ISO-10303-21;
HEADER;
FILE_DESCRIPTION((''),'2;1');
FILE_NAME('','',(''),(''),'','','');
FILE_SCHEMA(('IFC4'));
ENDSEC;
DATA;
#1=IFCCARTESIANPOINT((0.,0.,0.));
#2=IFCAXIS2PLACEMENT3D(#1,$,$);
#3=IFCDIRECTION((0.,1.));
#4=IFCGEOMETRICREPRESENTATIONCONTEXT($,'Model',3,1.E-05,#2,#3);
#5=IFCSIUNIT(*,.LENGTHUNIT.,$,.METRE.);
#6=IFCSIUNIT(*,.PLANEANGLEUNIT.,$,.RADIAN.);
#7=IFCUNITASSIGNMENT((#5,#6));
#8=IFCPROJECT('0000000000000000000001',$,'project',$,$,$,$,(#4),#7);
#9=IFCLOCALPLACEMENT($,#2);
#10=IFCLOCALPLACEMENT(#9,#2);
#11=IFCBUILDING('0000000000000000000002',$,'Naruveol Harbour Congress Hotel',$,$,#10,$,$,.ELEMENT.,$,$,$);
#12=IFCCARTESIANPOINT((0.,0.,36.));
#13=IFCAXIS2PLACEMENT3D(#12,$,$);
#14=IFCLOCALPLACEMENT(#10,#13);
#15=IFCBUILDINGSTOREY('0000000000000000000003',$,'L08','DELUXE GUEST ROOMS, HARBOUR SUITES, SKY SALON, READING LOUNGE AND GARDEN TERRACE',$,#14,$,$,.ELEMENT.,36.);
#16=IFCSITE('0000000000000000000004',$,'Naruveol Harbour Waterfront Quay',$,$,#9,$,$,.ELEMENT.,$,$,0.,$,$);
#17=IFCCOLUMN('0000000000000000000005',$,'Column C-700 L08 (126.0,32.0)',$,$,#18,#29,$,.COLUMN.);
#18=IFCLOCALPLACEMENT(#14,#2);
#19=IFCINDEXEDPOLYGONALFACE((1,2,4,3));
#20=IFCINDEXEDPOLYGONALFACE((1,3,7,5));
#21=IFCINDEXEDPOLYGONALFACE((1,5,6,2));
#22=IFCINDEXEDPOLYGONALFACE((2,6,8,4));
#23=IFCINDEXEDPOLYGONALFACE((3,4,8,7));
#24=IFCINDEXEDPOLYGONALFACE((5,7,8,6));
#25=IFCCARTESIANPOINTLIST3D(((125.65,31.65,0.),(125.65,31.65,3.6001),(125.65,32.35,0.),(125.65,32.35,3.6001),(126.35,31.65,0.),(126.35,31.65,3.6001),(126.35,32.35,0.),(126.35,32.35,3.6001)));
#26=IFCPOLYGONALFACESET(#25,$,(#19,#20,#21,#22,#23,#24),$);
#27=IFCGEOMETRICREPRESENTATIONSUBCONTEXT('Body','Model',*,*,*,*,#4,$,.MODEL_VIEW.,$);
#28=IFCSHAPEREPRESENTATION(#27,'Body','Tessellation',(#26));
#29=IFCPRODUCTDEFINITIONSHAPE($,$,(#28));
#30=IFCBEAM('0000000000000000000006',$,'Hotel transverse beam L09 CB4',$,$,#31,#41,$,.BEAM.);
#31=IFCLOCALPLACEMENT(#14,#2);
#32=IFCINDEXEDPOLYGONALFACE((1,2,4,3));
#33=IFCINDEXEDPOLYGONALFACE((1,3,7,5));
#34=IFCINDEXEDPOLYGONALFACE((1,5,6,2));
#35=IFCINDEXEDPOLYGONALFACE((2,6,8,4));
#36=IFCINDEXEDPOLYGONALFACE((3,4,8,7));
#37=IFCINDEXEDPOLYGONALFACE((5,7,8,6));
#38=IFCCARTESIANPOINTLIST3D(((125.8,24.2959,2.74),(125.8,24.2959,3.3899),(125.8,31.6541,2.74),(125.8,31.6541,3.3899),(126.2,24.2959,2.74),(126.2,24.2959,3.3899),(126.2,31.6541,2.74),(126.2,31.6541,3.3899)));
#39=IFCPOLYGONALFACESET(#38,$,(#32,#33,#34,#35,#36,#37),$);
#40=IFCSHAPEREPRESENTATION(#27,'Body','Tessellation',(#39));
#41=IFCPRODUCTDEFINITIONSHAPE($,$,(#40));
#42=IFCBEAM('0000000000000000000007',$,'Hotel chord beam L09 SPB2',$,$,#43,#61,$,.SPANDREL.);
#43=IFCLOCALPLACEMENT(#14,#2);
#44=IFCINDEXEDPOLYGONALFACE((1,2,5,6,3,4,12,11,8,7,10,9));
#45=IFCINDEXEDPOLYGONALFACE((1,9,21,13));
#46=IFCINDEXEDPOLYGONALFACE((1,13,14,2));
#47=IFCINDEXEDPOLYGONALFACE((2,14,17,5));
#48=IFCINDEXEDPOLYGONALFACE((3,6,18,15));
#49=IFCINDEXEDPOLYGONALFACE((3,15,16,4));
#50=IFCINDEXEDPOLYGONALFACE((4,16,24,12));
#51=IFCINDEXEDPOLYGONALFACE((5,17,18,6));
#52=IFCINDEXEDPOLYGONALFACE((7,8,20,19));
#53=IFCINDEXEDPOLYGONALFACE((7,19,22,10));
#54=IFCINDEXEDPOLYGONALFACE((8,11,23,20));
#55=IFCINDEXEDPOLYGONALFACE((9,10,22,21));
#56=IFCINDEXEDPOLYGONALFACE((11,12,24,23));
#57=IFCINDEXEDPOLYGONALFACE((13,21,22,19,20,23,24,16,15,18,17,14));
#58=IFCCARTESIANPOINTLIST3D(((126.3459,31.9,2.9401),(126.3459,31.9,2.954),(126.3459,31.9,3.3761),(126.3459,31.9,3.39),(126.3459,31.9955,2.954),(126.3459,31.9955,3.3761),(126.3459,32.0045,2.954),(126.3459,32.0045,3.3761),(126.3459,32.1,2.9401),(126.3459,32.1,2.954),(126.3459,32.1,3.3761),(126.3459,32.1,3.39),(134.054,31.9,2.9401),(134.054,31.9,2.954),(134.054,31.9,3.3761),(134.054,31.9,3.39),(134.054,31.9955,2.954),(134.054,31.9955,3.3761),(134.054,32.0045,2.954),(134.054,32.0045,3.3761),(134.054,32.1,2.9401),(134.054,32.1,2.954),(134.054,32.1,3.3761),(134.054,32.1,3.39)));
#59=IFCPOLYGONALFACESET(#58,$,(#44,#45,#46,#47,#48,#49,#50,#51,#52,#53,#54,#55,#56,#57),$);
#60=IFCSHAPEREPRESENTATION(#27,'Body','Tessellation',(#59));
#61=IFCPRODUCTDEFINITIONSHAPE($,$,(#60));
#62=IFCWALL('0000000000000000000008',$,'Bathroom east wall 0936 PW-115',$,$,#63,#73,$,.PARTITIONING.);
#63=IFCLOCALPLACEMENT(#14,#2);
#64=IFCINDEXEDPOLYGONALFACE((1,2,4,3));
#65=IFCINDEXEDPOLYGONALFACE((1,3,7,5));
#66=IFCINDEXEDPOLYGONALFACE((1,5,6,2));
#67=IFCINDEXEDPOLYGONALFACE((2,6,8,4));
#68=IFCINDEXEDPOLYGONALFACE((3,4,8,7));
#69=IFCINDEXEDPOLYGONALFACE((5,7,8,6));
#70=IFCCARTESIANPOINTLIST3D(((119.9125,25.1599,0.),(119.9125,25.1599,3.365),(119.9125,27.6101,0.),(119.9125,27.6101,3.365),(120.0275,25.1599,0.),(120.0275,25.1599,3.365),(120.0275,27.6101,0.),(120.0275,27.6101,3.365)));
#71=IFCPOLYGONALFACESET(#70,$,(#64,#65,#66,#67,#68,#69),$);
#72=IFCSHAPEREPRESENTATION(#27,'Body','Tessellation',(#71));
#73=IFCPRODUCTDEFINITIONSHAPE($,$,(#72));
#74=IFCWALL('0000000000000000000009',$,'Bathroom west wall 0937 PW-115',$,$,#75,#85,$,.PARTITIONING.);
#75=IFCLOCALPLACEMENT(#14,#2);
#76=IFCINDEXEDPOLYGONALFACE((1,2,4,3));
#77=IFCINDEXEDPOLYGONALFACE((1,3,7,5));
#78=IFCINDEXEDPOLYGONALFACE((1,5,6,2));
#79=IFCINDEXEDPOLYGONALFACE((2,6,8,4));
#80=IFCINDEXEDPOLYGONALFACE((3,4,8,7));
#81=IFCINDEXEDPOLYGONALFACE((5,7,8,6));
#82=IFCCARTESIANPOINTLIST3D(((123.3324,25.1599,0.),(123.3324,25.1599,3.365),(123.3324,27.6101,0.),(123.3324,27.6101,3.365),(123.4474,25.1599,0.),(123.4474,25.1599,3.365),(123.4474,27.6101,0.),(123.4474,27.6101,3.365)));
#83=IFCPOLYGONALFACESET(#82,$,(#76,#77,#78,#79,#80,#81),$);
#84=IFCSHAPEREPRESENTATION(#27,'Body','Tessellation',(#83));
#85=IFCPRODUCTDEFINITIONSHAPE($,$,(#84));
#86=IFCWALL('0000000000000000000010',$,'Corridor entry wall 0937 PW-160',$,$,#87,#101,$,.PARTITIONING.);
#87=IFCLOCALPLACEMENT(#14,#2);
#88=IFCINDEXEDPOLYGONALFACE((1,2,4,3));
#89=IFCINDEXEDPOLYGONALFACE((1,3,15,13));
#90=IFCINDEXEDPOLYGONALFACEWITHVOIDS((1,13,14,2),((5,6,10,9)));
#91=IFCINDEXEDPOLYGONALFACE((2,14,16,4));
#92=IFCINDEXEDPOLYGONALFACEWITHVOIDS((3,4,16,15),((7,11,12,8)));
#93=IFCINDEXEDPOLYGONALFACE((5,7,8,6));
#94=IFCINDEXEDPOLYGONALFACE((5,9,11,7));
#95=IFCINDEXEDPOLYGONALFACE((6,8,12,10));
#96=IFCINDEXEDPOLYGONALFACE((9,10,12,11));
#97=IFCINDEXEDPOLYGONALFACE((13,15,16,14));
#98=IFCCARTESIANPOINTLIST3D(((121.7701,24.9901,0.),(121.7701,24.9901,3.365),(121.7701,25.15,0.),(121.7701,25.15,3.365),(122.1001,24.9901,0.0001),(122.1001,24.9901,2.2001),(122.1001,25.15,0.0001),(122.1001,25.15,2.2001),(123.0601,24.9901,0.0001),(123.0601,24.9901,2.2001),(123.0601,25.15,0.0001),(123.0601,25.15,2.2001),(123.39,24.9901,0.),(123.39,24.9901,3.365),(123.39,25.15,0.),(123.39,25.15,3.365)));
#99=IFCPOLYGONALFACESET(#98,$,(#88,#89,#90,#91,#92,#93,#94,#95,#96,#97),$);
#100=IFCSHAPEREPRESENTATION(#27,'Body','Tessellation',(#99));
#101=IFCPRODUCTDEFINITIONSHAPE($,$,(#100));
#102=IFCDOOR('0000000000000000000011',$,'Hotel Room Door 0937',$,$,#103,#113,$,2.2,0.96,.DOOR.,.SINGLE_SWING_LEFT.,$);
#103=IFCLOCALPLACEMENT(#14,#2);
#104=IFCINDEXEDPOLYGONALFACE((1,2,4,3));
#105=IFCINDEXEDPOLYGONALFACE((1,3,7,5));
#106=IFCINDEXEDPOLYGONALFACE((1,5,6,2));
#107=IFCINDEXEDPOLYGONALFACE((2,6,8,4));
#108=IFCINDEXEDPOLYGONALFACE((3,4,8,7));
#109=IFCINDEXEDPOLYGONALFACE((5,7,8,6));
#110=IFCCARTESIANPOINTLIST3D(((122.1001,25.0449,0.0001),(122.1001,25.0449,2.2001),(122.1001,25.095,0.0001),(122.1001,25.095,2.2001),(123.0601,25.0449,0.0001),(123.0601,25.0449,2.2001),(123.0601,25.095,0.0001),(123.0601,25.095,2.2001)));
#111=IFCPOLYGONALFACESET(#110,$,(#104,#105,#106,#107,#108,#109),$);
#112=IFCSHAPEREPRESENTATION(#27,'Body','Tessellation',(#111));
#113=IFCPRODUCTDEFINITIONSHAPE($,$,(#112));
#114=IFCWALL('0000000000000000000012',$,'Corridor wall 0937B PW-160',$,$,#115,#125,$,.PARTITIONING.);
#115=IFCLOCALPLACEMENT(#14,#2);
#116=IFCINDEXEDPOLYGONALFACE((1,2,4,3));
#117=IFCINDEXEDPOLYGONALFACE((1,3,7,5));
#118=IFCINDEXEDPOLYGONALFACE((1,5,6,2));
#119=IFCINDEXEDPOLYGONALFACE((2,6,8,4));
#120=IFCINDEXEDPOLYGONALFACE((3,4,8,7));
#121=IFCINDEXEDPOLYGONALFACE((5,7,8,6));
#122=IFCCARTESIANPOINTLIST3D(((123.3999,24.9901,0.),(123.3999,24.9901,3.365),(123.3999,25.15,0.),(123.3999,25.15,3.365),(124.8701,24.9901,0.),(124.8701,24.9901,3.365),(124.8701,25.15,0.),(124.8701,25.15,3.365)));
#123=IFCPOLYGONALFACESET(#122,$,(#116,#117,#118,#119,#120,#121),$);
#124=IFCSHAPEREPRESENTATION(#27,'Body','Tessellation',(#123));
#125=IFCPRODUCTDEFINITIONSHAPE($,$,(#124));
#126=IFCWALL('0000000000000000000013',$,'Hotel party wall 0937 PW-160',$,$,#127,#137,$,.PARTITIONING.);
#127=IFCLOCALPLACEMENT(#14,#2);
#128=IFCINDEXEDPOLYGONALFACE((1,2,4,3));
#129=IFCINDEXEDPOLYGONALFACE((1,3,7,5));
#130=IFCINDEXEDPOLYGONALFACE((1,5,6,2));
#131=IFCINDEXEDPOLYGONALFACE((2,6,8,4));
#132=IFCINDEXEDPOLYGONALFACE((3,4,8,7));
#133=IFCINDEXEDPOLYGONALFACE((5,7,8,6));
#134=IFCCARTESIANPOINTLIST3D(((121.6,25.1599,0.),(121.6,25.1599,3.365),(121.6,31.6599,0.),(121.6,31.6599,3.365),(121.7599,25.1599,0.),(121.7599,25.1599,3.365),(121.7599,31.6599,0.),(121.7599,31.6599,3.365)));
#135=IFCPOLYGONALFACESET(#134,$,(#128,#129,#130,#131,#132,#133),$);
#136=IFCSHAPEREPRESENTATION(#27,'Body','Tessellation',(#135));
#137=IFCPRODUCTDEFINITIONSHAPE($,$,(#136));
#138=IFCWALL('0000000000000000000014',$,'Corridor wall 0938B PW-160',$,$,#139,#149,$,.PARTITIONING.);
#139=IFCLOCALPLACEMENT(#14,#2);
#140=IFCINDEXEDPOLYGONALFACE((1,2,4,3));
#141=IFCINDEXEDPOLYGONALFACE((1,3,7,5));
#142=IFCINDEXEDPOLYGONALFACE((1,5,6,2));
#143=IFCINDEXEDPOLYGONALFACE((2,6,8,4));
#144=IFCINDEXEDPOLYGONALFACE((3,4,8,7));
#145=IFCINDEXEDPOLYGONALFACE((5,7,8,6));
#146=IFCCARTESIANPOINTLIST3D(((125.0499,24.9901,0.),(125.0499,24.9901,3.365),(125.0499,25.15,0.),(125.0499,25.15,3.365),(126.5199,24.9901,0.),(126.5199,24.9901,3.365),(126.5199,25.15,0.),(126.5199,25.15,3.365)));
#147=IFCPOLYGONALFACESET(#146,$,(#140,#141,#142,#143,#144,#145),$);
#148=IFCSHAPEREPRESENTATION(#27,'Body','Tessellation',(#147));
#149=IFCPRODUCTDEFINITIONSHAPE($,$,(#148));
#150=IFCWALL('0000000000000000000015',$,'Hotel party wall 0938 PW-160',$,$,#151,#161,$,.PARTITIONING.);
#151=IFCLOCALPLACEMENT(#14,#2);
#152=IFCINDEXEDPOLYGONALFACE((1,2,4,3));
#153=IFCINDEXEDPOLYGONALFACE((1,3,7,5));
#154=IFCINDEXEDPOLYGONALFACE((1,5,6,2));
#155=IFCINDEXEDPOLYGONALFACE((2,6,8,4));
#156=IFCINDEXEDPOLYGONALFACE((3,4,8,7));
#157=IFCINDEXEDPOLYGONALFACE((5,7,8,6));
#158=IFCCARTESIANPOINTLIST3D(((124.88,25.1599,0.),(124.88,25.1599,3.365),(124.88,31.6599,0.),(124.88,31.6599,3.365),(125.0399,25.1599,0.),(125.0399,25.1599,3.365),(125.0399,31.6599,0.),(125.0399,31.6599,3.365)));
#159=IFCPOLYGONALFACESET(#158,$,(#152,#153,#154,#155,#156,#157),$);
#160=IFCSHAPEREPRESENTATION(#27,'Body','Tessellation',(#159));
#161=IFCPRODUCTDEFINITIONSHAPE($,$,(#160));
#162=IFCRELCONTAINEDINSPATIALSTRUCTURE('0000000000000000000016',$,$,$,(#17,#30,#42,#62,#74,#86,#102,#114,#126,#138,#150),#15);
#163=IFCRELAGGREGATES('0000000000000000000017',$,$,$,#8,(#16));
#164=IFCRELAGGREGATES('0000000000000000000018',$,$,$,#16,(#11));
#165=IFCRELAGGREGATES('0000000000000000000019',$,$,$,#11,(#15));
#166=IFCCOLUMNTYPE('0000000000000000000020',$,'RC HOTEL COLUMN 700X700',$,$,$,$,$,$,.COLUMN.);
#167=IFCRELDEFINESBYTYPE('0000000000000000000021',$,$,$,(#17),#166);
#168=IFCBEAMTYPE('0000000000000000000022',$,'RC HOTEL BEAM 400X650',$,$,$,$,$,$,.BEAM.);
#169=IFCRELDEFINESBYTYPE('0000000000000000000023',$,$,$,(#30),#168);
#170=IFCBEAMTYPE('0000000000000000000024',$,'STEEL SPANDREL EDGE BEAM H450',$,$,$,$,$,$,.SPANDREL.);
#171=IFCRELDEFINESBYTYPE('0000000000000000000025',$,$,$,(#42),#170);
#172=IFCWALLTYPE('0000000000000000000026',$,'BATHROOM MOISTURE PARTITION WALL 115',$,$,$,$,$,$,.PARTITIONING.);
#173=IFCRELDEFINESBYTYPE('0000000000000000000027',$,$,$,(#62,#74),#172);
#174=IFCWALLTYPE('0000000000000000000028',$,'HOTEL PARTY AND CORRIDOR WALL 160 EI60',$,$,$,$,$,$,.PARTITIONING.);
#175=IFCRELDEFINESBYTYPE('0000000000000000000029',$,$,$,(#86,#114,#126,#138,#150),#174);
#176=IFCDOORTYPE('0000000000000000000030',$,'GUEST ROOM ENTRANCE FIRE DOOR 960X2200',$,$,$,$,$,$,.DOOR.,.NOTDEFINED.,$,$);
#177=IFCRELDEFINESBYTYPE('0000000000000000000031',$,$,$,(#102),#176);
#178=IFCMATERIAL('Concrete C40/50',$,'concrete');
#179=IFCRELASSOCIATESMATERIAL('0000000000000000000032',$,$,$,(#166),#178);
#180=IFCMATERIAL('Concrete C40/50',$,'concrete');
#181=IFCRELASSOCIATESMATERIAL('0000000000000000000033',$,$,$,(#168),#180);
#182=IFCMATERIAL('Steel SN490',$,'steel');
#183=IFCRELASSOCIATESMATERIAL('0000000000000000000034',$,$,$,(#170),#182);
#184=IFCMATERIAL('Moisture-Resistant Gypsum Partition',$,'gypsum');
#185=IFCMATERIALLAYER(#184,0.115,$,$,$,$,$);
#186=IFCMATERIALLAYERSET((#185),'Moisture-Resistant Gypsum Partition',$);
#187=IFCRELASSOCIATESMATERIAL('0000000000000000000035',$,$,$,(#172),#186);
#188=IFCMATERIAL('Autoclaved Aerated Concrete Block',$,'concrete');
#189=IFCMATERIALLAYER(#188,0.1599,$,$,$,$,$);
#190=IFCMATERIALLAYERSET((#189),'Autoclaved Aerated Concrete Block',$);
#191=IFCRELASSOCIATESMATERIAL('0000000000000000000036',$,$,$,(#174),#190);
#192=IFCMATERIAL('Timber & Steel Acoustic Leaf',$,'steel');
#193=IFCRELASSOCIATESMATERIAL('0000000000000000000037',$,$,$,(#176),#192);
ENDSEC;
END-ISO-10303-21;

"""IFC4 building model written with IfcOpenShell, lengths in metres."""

from ifc_helpers import new_model, si_unit, direction, frame, frame_2d, origin, origin_2d, place, context, subcontext, project, spatial, rectangle, i_section, extrude, material, layer, layer_set, material_profile, profile_set, type_object, element, fill, save


model = new_model("IFC4")

# Units and contexts
model_context = context("Model", 3, precision=1e-05, world=origin(), true_north=direction((0.0, 1.0)))
body_context = subcontext(model_context, "Body", "Model", "MODEL_VIEW")
ifc_project = project(units=[si_unit("LENGTHUNIT", "METRE"), si_unit("PLANEANGLEUNIT", "RADIAN")], contexts=[model_context])

# Site, building, storey
site_placement = place(None, origin())
site = spatial("IfcSite", under=ifc_project, at=site_placement, Name="Naruveol Harbour Waterfront Quay", CompositionType="ELEMENT", RefElevation=0.0)
building_placement = place(site_placement, origin())
building = spatial("IfcBuilding", under=site, at=building_placement, Name="Naruveol Harbour Congress Hotel", CompositionType="ELEMENT")
storey_placement = place(building_placement, frame((0.0, 0.0, 36.0)))
storey = spatial("IfcBuildingStorey", under=building, at=storey_placement, Name="L08", Description="DELUXE GUEST ROOMS, HARBOUR SUITES, SKY SALON, READING LOUNGE AND GARDEN TERRACE", CompositionType="ELEMENT", Elevation=36.0)

# Column
ifc_material_1 = material(Name="Concrete C40/50", Category="concrete")
ifc_material_profile_1 = material_profile(ifc_material_1, rectangle(XDim=0.7, YDim=0.7, at=origin_2d()), Name="RC-700x700")
ifc_profile_set_1 = profile_set([ifc_material_profile_1], Name="Concrete C40/50")
column_type = type_object("IfcColumnType", Name="RC HOTEL COLUMN 700X700", PredefinedType="COLUMN", material=ifc_profile_set_1)
column_placement = place(storey_placement, frame((126.0, 32.0, 0.0), z_axis=(0.0, 0.0, 1.0), x_axis=(1.0, 0.0, 0.0)))
element("IfcColumn", 1, at=column_placement, inside=storey, type_object=column_type, Name="Column C-700 L08 (126.0,32.0)", PredefinedType="COLUMN", context=body_context, shape_type="SweptSolid", body=[
    extrude(rectangle(XDim=0.7, YDim=0.7, at=origin_2d()), origin(), (0.0, 0.0, 1.0), 3.6001),
])

# Beams
ifc_material_2 = material(Name="Concrete C40/50", Category="concrete")
ifc_material_profile_2 = material_profile(ifc_material_2, rectangle(XDim=0.3999, YDim=0.6499, at=origin_2d()), Name="RCB-400x650")
ifc_profile_set_2 = profile_set([ifc_material_profile_2], Name="Concrete C40/50")
beam_type_1 = type_object("IfcBeamType", Name="RC HOTEL BEAM 400X650", PredefinedType="BEAM", material=ifc_profile_set_2)
beam_1_placement = place(storey_placement, frame((126.0, 24.2959, 3.0649), z_axis=(0.0, 1.0, 0.0), x_axis=(-1.0, 0.0, 0.0)))
element("IfcBeam", 2, at=beam_1_placement, inside=storey, type_object=beam_type_1, Name="Hotel transverse beam L09 CB4", PredefinedType="BEAM", context=body_context, shape_type="SweptSolid", body=[
    extrude(rectangle(XDim=0.3999, YDim=0.6499, at=origin_2d()), origin(), (0.0, 0.0, 1.0), 7.3582),
])
ifc_material_3 = material(Name="Steel SN490", Category="steel")
ifc_material_profile_3 = material_profile(ifc_material_3, i_section(OverallWidth=0.2, OverallDepth=0.45, WebThickness=0.009, FlangeThickness=0.0139, at=origin_2d()), Name="H-450x200x9x14")
ifc_profile_set_3 = profile_set([ifc_material_profile_3], Name="Steel SN490")
beam_type_2 = type_object("IfcBeamType", Name="STEEL SPANDREL EDGE BEAM H450", PredefinedType="SPANDREL", material=ifc_profile_set_3)
beam_2_placement = place(storey_placement, frame((126.3459, 32.0, 3.165), z_axis=(1.0, 0.0, 0.0), x_axis=(0.0, 1.0, 0.0)))
element("IfcBeam", 3, at=beam_2_placement, inside=storey, type_object=beam_type_2, Name="Hotel chord beam L09 SPB2", PredefinedType="SPANDREL", context=body_context, shape_type="SweptSolid", body=[
    extrude(i_section(OverallWidth=0.2, OverallDepth=0.45, WebThickness=0.009, FlangeThickness=0.0139, at=origin_2d()), origin(), (0.0, 0.0, 1.0), 7.708),
])

# Walls
ifc_material_4 = material(Name="Moisture-Resistant Gypsum Partition", Category="gypsum")
ifc_layer_1 = layer(ifc_material_4, 0.115)
ifc_layer_set_1 = layer_set([ifc_layer_1], Name="Moisture-Resistant Gypsum Partition")
wall_type_1 = type_object("IfcWallType", Name="BATHROOM MOISTURE PARTITION WALL 115", PredefinedType="PARTITIONING", material=ifc_layer_set_1)
for number, where, z_axis, x_axis, name in (
    (4, (119.97, 25.1599, 0.0), (0.0, 0.0, 1.0), (0.0, 1.0, 0.0), "Bathroom east wall 0936 PW-115"),
    (5, (123.3899, 25.1599, 0.0), (0.0, 0.0, 1.0), (0.0, 1.0, 0.0), "Bathroom west wall 0937 PW-115"),
):
    element("IfcWall", number, at=place(storey_placement, frame(where, z_axis=z_axis, x_axis=x_axis)), inside=storey, type_object=wall_type_1, Name=name, PredefinedType="PARTITIONING", context=body_context, shape_type="SweptSolid", body=[
        extrude(rectangle(XDim=2.4502, YDim=0.115, at=frame_2d((1.2251, 0.0))), origin(), (0.0, 0.0, 1.0), 3.365),
    ])

# Wall, opening, door
ifc_material_5 = material(Name="Autoclaved Aerated Concrete Block", Category="concrete")
ifc_layer_2 = layer(ifc_material_5, 0.1599)
ifc_layer_set_2 = layer_set([ifc_layer_2], Name="Autoclaved Aerated Concrete Block")
wall_type_2 = type_object("IfcWallType", Name="HOTEL PARTY AND CORRIDOR WALL 160 EI60", PredefinedType="PARTITIONING", material=ifc_layer_set_2)
wall_1_placement = place(storey_placement, frame((121.77, 25.0701, 0.0), z_axis=(0.0, 0.0, 1.0), x_axis=(1.0, 0.0, 0.0)))
wall_1 = element("IfcWall", 6, at=wall_1_placement, inside=storey, type_object=wall_type_2, Name="Corridor entry wall 0937 PW-160", PredefinedType="PARTITIONING", context=body_context, shape_type="SweptSolid", body=[
    extrude(rectangle(XDim=1.6199, YDim=0.1599, at=frame_2d((0.8101, 0.0))), origin(), (0.0, 0.0, 1.0), 3.365),
])
opening_1_placement = place(wall_1_placement, frame((0.3301, 0.0, 0.0)))
opening_1 = element("IfcOpeningElement", 7, at=opening_1_placement, cuts=wall_1, PredefinedType="OPENING", context=body_context, shape_type="SweptSolid", body=[
    extrude(rectangle(XDim=0.96, YDim=2.2, at=frame_2d((0.48, 1.1001))), frame((0.0, 0.0898, 0.0), z_axis=(0.0, -1.0, 0.0), x_axis=(1.0, 0.0, 0.0)), (0.0, 0.0, 1.0), 0.1799),
])
ifc_material_6 = material(Name="Timber & Steel Acoustic Leaf", Category="steel")
door_type_1 = type_object("IfcDoorType", Name="GUEST ROOM ENTRANCE FIRE DOOR 960X2200", OperationType="NOTDEFINED", PredefinedType="DOOR", material=ifc_material_6)
door_1_placement = place(opening_1_placement, origin())
door_1 = element("IfcDoor", 8, at=door_1_placement, inside=storey, type_object=door_type_1, Name="Hotel Room Door 0937", OperationType="SINGLE_SWING_LEFT", OverallHeight=2.2, OverallWidth=0.96, PredefinedType="DOOR", context=body_context, shape_type="SweptSolid", body=[
    extrude(rectangle(XDim=0.96, YDim=2.2, at=frame_2d((0.48, 1.1001))), frame((0.0, 0.0249, 0.0), z_axis=(0.0, -1.0, 0.0), x_axis=(1.0, 0.0, 0.0)), (0.0, 0.0, 1.0), 0.05),
])
fill(opening_1, door_1)

# Walls
wall_2_placement = place(storey_placement, frame((123.3999, 25.0701, 0.0), z_axis=(0.0, 0.0, 1.0), x_axis=(1.0, 0.0, 0.0)))
element("IfcWall", 9, at=wall_2_placement, inside=storey, type_object=wall_type_2, Name="Corridor wall 0937B PW-160", PredefinedType="PARTITIONING", context=body_context, shape_type="SweptSolid", body=[
    extrude(rectangle(XDim=1.4702, YDim=0.1599, at=frame_2d((0.7351, 0.0))), origin(), (0.0, 0.0, 1.0), 3.365),
])
wall_3_placement = place(storey_placement, frame((121.6799, 25.1599, 0.0), z_axis=(0.0, 0.0, 1.0), x_axis=(0.0, 1.0, 0.0)))
element("IfcWall", 10, at=wall_3_placement, inside=storey, type_object=wall_type_2, Name="Hotel party wall 0937 PW-160", PredefinedType="PARTITIONING", context=body_context, shape_type="SweptSolid", body=[
    extrude(rectangle(XDim=6.5, YDim=0.1599, at=frame_2d((3.25, 0.0))), origin(), (0.0, 0.0, 1.0), 3.365),
])
wall_4_placement = place(storey_placement, frame((125.05, 25.0701, 0.0), z_axis=(0.0, 0.0, 1.0), x_axis=(1.0, 0.0, 0.0)))
element("IfcWall", 11, at=wall_4_placement, inside=storey, type_object=wall_type_2, Name="Corridor wall 0938B PW-160", PredefinedType="PARTITIONING", context=body_context, shape_type="SweptSolid", body=[
    extrude(rectangle(XDim=1.47, YDim=0.1599, at=frame_2d((0.7349, 0.0))), origin(), (0.0, 0.0, 1.0), 3.365),
])
wall_5_placement = place(storey_placement, frame((124.96, 25.1599, 0.0), z_axis=(0.0, 0.0, 1.0), x_axis=(0.0, 1.0, 0.0)))
element("IfcWall", 12, at=wall_5_placement, inside=storey, type_object=wall_type_2, Name="Hotel party wall 0938 PW-160", PredefinedType="PARTITIONING", context=body_context, shape_type="SweptSolid", body=[
    extrude(rectangle(XDim=6.5, YDim=0.1599, at=frame_2d((3.25, 0.0))), origin(), (0.0, 0.0, 1.0), 3.365),
])

save(model, "model.ifc")
